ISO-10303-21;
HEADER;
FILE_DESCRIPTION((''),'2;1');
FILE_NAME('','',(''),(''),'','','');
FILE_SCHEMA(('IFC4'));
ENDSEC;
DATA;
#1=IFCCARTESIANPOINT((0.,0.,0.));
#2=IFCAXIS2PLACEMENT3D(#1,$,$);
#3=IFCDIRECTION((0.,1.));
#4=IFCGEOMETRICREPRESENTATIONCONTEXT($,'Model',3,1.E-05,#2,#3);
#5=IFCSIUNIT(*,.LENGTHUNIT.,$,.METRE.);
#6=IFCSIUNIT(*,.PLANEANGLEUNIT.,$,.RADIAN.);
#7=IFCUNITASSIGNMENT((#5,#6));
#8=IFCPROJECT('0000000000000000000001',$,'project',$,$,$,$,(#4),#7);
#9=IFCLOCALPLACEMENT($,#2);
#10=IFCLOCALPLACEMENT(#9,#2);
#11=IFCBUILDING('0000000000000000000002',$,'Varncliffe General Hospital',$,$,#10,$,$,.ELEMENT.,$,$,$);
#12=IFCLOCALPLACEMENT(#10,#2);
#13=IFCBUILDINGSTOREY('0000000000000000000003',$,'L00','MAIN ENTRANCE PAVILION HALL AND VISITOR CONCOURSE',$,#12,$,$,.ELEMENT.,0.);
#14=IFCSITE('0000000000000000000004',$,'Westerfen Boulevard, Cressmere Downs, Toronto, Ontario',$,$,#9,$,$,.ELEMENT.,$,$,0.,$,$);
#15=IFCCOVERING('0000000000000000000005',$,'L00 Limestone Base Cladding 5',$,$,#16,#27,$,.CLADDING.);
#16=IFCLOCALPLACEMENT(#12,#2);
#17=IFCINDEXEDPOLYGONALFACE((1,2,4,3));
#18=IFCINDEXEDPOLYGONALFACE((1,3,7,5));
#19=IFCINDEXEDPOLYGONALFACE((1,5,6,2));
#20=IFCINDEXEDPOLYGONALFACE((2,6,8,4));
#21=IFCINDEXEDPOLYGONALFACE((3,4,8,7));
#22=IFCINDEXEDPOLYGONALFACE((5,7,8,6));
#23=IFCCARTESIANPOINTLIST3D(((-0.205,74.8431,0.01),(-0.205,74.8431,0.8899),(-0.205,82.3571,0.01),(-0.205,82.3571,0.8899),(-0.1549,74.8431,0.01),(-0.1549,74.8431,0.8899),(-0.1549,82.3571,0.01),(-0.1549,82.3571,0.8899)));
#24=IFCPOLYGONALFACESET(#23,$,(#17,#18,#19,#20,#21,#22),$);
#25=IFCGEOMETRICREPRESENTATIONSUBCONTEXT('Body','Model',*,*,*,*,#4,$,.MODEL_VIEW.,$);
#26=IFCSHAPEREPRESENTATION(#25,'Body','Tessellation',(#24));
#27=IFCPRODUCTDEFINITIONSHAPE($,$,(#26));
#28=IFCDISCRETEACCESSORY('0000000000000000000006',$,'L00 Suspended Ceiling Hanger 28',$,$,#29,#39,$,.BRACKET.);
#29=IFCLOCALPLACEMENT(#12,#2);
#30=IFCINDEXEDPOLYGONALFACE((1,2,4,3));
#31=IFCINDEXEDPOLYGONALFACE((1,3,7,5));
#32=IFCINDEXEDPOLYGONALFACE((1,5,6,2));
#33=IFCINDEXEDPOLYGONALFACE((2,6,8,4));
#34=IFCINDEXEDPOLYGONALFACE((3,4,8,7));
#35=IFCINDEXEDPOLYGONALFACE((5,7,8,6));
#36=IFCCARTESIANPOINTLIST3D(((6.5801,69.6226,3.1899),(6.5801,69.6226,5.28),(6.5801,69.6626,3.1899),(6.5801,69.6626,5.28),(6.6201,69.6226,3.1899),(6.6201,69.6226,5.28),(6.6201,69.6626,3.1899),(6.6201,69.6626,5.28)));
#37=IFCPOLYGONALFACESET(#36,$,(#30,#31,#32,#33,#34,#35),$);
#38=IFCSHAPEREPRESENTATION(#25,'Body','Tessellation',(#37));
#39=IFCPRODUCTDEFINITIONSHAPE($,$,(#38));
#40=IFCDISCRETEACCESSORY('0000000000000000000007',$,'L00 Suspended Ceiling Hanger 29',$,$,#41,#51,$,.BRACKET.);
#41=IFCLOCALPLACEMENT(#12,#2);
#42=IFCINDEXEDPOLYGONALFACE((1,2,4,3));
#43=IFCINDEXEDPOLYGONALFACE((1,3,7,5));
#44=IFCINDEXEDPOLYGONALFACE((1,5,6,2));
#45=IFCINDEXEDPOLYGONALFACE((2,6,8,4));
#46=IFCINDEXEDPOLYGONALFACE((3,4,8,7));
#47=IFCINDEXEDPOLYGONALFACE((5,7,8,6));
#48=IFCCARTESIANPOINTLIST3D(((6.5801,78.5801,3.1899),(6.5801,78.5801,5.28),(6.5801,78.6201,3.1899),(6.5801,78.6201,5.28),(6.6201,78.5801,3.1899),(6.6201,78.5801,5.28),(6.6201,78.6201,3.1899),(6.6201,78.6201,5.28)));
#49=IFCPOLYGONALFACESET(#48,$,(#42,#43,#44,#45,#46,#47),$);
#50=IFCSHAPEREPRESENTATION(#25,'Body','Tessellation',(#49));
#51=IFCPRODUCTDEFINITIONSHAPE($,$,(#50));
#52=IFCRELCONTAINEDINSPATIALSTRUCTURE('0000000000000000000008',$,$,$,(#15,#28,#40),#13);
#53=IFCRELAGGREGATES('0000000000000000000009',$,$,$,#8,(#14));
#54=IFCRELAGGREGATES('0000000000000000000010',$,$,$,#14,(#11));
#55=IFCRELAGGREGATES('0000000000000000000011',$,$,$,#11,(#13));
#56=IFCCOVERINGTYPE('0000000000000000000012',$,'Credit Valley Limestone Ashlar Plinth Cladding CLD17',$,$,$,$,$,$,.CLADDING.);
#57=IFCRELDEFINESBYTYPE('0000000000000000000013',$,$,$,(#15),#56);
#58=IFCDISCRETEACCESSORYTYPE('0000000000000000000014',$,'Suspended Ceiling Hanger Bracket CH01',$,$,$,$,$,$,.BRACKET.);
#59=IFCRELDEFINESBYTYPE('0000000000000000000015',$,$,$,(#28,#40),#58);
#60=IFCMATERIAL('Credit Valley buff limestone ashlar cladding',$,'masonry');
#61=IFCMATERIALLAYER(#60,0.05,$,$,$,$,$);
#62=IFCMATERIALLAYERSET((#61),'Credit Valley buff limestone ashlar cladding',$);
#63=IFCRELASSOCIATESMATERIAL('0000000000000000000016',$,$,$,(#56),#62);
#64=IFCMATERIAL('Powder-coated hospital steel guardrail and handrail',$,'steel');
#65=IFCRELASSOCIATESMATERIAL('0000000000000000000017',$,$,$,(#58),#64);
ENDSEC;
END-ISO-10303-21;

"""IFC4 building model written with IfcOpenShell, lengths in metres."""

from ifc_helpers import new_model, si_unit, direction, frame, origin, origin_2d, place, context, subcontext, project, spatial, rectangle, extrude, material, layer, layer_set, type_object, element, save


model = new_model("IFC4")

# Units and contexts
model_context = context("Model", 3, precision=1e-05, world=origin(), true_north=direction((0.0, 1.0)))
body_context = subcontext(model_context, "Body", "Model", "MODEL_VIEW")
ifc_project = project(units=[si_unit("LENGTHUNIT", "METRE"), si_unit("PLANEANGLEUNIT", "RADIAN")], contexts=[model_context])

# Site, building, storey
site_placement = place(None, origin())
site = spatial("IfcSite", under=ifc_project, at=site_placement, Name="Westerfen Boulevard, Cressmere Downs, Toronto, Ontario", CompositionType="ELEMENT", RefElevation=0.0)
building_placement = place(site_placement, origin())
building = spatial("IfcBuilding", under=site, at=building_placement, Name="Varncliffe General Hospital", CompositionType="ELEMENT")
storey_placement = place(building_placement, origin())
storey = spatial("IfcBuildingStorey", under=building, at=storey_placement, Name="L00", Description="MAIN ENTRANCE PAVILION HALL AND VISITOR CONCOURSE", CompositionType="ELEMENT", Elevation=0.0)

# Covering
ifc_material_1 = material(Name="Credit Valley buff limestone ashlar cladding", Category="masonry")
ifc_layer_1 = layer(ifc_material_1, 0.05)
ifc_layer_set_1 = layer_set([ifc_layer_1], Name="Credit Valley buff limestone ashlar cladding")
covering_type = type_object("IfcCoveringType", Name="Credit Valley Limestone Ashlar Plinth Cladding CLD17", PredefinedType="CLADDING", material=ifc_layer_set_1)
for number, where, z_axis, x_axis, name in (
    (1, (-0.1799, 78.6001, 0.01), (0.0, 0.0, 1.0), (0.0, 1.0, 0.0), "L00 Limestone Base Cladding 5"),
):
    element("IfcCovering", number, at=place(storey_placement, frame(where, z_axis=z_axis, x_axis=x_axis)), inside=storey, type_object=covering_type, Name=name, PredefinedType="CLADDING", context=body_context, shape_type="SweptSolid", body=[
        extrude(rectangle(XDim=7.5139, YDim=0.05, at=origin_2d()), origin(), (0.0, 0.0, 1.0), 0.8799),
    ])

# Discrete accessories
ifc_material_2 = material(Name="Powder-coated hospital steel guardrail and handrail", Category="steel")
discrete_accessory_type = type_object("IfcDiscreteAccessoryType", Name="Suspended Ceiling Hanger Bracket CH01", PredefinedType="BRACKET", material=ifc_material_2)
for number, where, z_axis, x_axis, name in (
    (2, (6.6001, 69.6426, 3.1899), (0.0, 0.0, 1.0), (1.0, 0.0, 0.0), "L00 Suspended Ceiling Hanger 28"),
    (3, (6.6001, 78.6001, 3.1899), (0.0, 0.0, 1.0), (1.0, 0.0, 0.0), "L00 Suspended Ceiling Hanger 29"),
):
    element("IfcDiscreteAccessory", number, at=place(storey_placement, frame(where, z_axis=z_axis, x_axis=x_axis)), inside=storey, type_object=discrete_accessory_type, Name=name, PredefinedType="BRACKET", context=body_context, shape_type="SweptSolid", body=[
        extrude(rectangle(XDim=0.04, YDim=0.04, at=origin_2d()), origin(), (0.0, 0.0, 1.0), 2.0901),
    ])

save(model, "model.ifc")
